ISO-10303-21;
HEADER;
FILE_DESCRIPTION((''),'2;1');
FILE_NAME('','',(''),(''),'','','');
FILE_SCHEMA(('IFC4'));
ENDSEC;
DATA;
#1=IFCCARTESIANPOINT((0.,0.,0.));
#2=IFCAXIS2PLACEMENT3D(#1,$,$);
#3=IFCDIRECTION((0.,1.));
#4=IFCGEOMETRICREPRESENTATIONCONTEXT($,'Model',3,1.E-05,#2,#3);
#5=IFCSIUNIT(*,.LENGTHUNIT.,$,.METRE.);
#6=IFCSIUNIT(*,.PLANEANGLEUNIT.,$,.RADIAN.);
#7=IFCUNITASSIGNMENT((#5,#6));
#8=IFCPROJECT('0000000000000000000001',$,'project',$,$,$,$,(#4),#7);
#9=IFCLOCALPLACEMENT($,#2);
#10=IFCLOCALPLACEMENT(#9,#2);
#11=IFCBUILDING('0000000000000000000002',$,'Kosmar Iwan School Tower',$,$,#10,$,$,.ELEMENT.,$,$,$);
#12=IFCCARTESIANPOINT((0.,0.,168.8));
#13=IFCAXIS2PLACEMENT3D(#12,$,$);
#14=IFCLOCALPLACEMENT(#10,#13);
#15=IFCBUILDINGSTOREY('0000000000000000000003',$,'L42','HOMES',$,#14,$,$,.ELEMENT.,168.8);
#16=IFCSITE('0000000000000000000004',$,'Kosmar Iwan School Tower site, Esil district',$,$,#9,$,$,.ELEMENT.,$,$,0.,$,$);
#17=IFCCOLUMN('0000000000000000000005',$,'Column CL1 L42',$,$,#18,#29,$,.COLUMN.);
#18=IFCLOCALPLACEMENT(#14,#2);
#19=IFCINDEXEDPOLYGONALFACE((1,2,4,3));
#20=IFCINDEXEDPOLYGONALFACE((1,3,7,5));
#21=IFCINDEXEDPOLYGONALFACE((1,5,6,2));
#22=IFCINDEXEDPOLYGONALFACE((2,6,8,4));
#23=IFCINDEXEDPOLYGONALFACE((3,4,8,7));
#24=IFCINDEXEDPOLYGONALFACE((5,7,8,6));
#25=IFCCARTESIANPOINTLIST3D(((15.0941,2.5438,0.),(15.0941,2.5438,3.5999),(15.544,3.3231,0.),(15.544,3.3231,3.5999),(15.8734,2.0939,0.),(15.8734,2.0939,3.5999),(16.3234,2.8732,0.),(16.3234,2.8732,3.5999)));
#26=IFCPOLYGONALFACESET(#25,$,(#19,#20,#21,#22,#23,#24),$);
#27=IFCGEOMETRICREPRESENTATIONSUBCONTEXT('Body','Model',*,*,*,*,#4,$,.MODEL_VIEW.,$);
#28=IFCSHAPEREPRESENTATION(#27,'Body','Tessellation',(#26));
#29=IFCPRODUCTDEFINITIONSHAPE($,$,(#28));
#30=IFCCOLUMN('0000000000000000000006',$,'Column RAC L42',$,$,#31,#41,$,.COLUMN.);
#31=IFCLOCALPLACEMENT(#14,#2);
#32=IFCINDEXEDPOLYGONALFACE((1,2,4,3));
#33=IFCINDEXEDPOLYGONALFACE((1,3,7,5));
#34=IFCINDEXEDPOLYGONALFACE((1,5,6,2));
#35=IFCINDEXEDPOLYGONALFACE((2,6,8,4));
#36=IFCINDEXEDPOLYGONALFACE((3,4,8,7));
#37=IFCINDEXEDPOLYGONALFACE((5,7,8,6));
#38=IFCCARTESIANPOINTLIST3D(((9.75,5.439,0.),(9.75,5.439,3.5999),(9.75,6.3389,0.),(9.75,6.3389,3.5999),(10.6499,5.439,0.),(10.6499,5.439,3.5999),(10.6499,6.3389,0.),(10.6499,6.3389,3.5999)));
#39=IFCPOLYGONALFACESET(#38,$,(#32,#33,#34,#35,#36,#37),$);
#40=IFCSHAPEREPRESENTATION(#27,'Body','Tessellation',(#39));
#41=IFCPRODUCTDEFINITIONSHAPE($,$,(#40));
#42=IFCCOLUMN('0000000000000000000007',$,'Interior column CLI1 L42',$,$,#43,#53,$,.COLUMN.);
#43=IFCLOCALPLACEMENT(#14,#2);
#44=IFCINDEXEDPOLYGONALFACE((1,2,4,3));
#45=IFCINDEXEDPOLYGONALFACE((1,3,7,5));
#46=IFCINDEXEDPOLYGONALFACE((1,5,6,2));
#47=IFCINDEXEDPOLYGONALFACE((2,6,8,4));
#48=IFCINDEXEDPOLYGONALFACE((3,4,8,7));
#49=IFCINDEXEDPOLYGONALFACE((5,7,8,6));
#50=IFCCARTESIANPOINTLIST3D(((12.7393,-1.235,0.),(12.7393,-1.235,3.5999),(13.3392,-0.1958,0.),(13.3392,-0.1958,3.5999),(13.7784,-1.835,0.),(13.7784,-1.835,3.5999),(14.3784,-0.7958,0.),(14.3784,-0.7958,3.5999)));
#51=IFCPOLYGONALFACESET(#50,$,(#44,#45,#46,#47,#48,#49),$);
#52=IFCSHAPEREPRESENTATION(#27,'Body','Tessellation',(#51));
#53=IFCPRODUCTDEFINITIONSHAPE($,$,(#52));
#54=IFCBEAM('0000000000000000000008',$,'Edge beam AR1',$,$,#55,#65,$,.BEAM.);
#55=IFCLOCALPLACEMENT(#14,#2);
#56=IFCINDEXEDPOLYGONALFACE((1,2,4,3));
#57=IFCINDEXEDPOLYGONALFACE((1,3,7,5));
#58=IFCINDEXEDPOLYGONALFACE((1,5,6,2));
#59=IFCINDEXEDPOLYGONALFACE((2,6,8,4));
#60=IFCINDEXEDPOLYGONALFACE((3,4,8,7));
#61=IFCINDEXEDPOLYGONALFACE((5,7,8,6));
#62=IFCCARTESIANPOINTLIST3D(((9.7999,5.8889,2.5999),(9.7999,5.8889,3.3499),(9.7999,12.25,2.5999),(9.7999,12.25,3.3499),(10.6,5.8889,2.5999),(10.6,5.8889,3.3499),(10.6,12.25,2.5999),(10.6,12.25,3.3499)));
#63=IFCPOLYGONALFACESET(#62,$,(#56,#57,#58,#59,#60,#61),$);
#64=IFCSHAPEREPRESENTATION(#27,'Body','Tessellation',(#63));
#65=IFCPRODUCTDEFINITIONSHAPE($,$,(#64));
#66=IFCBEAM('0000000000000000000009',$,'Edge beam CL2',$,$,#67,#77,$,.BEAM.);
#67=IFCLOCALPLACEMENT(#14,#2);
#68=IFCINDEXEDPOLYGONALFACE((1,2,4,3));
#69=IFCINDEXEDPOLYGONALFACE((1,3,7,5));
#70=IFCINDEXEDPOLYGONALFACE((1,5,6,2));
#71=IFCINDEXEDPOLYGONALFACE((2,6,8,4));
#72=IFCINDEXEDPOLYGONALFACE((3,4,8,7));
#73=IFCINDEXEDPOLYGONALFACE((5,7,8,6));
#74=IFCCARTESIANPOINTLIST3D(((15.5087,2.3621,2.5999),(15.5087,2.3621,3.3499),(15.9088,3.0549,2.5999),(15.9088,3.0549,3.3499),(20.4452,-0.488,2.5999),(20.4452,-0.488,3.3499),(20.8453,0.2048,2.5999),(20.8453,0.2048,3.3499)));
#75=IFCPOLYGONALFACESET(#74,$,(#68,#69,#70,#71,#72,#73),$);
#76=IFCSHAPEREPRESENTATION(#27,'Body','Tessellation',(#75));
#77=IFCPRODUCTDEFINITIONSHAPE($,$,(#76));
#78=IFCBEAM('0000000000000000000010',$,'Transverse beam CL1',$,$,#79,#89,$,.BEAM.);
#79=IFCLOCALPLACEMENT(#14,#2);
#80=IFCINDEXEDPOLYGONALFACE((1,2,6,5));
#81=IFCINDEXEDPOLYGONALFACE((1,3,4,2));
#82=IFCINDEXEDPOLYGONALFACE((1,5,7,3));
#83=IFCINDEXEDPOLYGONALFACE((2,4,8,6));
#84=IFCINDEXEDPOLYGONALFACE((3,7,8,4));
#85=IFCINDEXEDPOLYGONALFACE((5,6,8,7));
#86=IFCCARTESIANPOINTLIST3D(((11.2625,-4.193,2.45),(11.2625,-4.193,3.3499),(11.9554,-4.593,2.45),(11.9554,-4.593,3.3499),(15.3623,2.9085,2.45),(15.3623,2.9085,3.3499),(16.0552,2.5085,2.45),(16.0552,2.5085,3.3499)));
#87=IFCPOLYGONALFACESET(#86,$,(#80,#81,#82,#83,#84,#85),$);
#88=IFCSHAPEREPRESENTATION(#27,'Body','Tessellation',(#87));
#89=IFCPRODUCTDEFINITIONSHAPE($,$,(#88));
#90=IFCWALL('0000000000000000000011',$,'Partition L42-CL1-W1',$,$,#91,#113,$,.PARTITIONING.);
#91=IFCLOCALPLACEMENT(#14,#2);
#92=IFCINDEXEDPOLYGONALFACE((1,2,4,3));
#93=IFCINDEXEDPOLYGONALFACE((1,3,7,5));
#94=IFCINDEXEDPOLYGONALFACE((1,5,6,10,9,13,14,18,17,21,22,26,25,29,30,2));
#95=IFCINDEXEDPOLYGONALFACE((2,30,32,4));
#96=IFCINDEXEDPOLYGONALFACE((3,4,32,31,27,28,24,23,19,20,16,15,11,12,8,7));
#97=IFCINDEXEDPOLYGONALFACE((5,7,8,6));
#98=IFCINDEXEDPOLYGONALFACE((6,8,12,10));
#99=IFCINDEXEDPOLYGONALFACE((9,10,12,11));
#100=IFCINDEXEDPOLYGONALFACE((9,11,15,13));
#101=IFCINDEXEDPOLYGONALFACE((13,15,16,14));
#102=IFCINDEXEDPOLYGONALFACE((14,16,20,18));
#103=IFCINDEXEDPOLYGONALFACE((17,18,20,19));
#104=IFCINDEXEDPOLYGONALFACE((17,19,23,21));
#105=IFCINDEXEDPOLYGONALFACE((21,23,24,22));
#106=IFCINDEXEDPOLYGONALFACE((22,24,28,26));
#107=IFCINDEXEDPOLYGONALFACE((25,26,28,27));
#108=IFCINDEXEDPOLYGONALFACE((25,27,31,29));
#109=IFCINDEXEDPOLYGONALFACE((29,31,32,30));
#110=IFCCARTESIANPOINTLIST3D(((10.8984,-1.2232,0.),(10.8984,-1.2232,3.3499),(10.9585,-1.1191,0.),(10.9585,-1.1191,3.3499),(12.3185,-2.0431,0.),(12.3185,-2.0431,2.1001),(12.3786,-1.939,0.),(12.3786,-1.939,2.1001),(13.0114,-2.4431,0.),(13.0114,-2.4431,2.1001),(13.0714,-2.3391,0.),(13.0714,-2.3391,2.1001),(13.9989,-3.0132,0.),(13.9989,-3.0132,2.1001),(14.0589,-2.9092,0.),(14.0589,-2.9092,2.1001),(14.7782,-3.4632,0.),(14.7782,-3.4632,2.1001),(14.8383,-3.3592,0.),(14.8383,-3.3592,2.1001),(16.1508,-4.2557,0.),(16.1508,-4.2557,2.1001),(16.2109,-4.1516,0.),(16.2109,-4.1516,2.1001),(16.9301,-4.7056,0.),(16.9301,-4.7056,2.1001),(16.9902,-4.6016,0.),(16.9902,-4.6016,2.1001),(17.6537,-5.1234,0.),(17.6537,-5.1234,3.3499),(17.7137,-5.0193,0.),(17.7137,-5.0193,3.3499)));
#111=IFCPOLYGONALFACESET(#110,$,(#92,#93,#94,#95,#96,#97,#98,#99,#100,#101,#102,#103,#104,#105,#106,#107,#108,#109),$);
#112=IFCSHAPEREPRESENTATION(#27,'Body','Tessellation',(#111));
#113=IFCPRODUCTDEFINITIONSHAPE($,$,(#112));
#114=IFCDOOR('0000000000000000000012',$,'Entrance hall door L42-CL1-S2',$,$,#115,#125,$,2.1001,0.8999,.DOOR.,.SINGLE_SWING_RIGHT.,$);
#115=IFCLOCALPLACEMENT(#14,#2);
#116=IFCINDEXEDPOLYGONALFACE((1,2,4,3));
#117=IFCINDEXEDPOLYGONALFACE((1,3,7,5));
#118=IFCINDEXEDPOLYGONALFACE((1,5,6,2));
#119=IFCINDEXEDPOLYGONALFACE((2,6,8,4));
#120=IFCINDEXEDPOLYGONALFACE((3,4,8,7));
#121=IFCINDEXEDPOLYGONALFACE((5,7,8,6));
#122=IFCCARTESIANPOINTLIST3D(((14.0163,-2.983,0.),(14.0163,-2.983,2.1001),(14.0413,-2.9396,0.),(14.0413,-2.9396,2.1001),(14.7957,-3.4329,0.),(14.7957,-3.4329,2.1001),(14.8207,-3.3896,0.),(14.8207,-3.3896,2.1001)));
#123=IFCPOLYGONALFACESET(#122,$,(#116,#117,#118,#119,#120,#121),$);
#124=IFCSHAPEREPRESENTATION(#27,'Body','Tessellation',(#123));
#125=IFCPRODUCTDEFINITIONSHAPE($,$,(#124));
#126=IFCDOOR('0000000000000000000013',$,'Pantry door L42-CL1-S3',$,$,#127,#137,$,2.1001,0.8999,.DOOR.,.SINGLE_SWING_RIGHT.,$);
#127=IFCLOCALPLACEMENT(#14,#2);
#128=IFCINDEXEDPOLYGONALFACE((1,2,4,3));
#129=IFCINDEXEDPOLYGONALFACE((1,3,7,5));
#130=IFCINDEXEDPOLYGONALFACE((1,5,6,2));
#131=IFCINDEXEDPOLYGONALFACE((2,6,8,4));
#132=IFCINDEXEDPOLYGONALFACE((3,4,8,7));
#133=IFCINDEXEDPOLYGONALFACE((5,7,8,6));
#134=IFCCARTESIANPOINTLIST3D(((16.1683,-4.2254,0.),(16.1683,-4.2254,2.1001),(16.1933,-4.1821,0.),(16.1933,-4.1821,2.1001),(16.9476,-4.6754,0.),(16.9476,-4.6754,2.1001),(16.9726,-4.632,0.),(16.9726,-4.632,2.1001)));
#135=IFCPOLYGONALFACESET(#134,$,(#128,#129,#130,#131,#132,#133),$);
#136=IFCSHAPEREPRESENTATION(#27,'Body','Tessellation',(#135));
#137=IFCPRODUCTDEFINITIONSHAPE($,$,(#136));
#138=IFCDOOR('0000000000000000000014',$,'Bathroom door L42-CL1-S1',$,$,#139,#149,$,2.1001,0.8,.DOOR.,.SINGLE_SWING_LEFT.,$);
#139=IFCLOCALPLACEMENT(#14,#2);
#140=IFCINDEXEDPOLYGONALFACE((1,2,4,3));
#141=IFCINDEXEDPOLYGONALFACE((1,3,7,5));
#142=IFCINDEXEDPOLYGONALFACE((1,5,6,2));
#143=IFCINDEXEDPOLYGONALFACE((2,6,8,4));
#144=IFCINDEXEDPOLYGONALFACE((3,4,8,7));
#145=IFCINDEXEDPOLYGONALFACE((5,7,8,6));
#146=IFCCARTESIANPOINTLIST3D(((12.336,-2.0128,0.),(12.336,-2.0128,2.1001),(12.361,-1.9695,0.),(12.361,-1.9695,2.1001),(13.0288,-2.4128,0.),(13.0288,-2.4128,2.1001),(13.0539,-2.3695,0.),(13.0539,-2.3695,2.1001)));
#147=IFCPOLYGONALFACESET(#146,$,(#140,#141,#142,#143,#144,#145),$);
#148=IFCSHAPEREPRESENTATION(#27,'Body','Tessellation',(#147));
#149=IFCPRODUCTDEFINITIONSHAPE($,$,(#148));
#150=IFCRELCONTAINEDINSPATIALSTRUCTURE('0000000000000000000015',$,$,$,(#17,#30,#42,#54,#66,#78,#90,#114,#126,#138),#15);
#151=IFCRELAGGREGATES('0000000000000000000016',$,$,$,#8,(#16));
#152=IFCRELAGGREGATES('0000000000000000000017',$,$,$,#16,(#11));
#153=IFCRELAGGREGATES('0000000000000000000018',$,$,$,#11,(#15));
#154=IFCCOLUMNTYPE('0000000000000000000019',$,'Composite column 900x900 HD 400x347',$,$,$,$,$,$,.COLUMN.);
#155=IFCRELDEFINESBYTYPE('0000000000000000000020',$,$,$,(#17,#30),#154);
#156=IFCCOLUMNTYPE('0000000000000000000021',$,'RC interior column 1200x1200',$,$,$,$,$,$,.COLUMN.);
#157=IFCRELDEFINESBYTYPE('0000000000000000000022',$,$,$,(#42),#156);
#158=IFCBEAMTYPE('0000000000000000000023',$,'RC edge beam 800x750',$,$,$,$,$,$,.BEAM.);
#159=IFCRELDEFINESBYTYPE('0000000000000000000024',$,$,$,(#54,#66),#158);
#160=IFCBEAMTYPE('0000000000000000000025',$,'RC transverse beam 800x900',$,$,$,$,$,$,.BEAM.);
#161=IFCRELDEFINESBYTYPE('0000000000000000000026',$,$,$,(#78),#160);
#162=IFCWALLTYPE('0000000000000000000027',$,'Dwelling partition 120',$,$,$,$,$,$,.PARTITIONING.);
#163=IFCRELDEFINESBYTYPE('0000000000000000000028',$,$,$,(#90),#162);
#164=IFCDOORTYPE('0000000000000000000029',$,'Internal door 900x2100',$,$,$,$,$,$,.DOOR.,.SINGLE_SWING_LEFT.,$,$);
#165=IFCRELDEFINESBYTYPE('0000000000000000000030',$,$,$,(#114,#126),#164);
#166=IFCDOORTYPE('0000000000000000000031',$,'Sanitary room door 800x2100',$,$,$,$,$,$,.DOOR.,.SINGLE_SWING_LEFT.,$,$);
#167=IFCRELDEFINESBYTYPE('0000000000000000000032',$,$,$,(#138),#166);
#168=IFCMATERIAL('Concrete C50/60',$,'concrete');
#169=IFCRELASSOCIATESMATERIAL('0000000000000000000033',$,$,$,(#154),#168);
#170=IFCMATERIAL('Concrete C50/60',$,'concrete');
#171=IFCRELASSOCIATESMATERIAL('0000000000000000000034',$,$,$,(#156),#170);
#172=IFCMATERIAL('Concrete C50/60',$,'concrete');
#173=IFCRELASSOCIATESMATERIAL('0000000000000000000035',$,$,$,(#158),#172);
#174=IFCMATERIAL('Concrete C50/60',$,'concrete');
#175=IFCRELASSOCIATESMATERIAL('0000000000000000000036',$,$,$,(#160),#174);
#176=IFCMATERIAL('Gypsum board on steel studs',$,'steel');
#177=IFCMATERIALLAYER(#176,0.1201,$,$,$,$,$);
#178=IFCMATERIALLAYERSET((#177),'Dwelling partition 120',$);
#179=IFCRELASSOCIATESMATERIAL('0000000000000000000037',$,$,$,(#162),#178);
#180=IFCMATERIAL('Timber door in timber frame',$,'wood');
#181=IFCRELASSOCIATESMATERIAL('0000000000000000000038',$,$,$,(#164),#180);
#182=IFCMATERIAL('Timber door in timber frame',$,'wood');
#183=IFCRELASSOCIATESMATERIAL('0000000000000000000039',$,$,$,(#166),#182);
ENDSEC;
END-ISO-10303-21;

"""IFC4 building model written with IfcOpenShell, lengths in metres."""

from ifc_helpers import new_model, si_unit, direction, frame, frame_2d, origin, origin_2d, place, context, subcontext, project, spatial, rectangle, extrude, material, layer, layer_set, material_profile, profile_set, type_object, element, fill, save


model = new_model("IFC4")

# Units and contexts
model_context = context("Model", 3, precision=1e-05, world=origin(), true_north=direction((0.0, 1.0)))
body_context = subcontext(model_context, "Body", "Model", "MODEL_VIEW")
ifc_project = project(units=[si_unit("LENGTHUNIT", "METRE"), si_unit("PLANEANGLEUNIT", "RADIAN")], contexts=[model_context])

# Site, building, storey
site_placement = place(None, origin())
site = spatial("IfcSite", under=ifc_project, at=site_placement, Name="Kosmar Iwan School Tower site, Esil district", CompositionType="ELEMENT", RefElevation=0.0)
building_placement = place(site_placement, origin())
building = spatial("IfcBuilding", under=site, at=building_placement, Name="Kosmar Iwan School Tower", CompositionType="ELEMENT")
storey_placement = place(building_placement, frame((0.0, 0.0, 168.8)))
storey = spatial("IfcBuildingStorey", under=building, at=storey_placement, Name="L42", Description="HOMES", CompositionType="ELEMENT", Elevation=168.8)

# Columns
ifc_material_1 = material(Name="Concrete C50/60", Category="concrete")
ifc_material_profile_1 = material_profile(ifc_material_1, rectangle(XDim=0.8999, YDim=0.8999, at=origin_2d()), Name="RC 900x900 + HD 400x347")
ifc_profile_set_1 = profile_set([ifc_material_profile_1], Name="Concrete C50/60")
column_type_1 = type_object("IfcColumnType", Name="Composite column 900x900 HD 400x347", PredefinedType="COLUMN", material=ifc_profile_set_1)
for number, where, z_axis, x_axis, name in (
    (1, (15.7087, 2.7085, 0.0), (0.0, 0.0, 1.0), (0.866025, -0.5, 0.0), "Column CL1 L42"),
    (2, (10.2, 5.8889, 0.0), (0.0, 0.0, 1.0), (1.0, 0.0, 0.0), "Column RAC L42"),
):
    element("IfcColumn", number, at=place(storey_placement, frame(where, z_axis=z_axis, x_axis=x_axis)), inside=storey, type_object=column_type_1, Name=name, PredefinedType="COLUMN", context=body_context, shape_type="SweptSolid", body=[
        extrude(rectangle(XDim=0.8999, YDim=0.8999, at=origin_2d()), origin(), (0.0, 0.0, 1.0), 3.5999),
    ])
ifc_material_2 = material(Name="Concrete C50/60", Category="concrete")
ifc_material_profile_2 = material_profile(ifc_material_2, rectangle(XDim=1.2, YDim=1.2, at=origin_2d()), Name="RC 1200x1200")
ifc_profile_set_2 = profile_set([ifc_material_profile_2], Name="Concrete C50/60")
column_type_2 = type_object("IfcColumnType", Name="RC interior column 1200x1200", PredefinedType="COLUMN", material=ifc_profile_set_2)
column_placement = place(storey_placement, frame((13.5588, -1.0154, 0.0), z_axis=(0.0, 0.0, 1.0), x_axis=(0.866025, -0.5, 0.0)))
element("IfcColumn", 3, at=column_placement, inside=storey, type_object=column_type_2, Name="Interior column CLI1 L42", PredefinedType="COLUMN", context=body_context, shape_type="SweptSolid", body=[
    extrude(rectangle(XDim=1.2, YDim=1.2, at=origin_2d()), origin(), (0.0, 0.0, 1.0), 3.5999),
])

# Beams
ifc_material_3 = material(Name="Concrete C50/60", Category="concrete")
ifc_material_profile_3 = material_profile(ifc_material_3, rectangle(XDim=0.8, YDim=0.75, at=origin_2d()), Name="RC 800x750")
ifc_profile_set_3 = profile_set([ifc_material_profile_3], Name="Concrete C50/60")
beam_type_1 = type_object("IfcBeamType", Name="RC edge beam 800x750", PredefinedType="BEAM", material=ifc_profile_set_3)
beam_1_placement = place(storey_placement, frame((10.2, 5.8889, 2.9749), z_axis=(0.0, 1.0, 0.0), x_axis=(-1.0, 0.0, 0.0)))
element("IfcBeam", 4, at=beam_1_placement, inside=storey, type_object=beam_type_1, Name="Edge beam AR1", PredefinedType="BEAM", context=body_context, shape_type="SweptSolid", body=[
    extrude(rectangle(XDim=0.8, YDim=0.75, at=origin_2d()), origin(), (0.0, 0.0, 1.0), 6.3611),
])
beam_2_placement = place(storey_placement, frame((15.7087, 2.7085, 2.9749), z_axis=(0.866026, -0.499999, 0.0), x_axis=(0.499999, 0.866026, 0.0)))
element("IfcBeam", 5, at=beam_2_placement, inside=storey, type_object=beam_type_1, Name="Edge beam CL2", PredefinedType="BEAM", context=body_context, shape_type="SweptSolid", body=[
    extrude(rectangle(XDim=0.8, YDim=0.75, at=origin_2d()), origin(), (0.0, 0.0, 1.0), 5.7002),
])
ifc_material_4 = material(Name="Concrete C50/60", Category="concrete")
ifc_material_profile_4 = material_profile(ifc_material_4, rectangle(XDim=0.8, YDim=0.8999, at=origin_2d()), Name="RC 800x900")
ifc_profile_set_4 = profile_set([ifc_material_profile_4], Name="Concrete C50/60")
beam_type_2 = type_object("IfcBeamType", Name="RC transverse beam 800x900", PredefinedType="BEAM", material=ifc_profile_set_4)
beam_3_placement = place(storey_placement, frame((15.7087, 2.7085, 2.8999), z_axis=(-0.499978, -0.866038, 0.0), x_axis=(0.866038, -0.499978, 0.0)))
element("IfcBeam", 6, at=beam_3_placement, inside=storey, type_object=beam_type_2, Name="Transverse beam CL1", PredefinedType="BEAM", context=body_context, shape_type="SweptSolid", body=[
    extrude(rectangle(XDim=0.8, YDim=0.8999, at=origin_2d()), origin(), (0.0, 0.0, 1.0), 8.2),
])

# Wall, openings, doors
ifc_material_5 = material(Name="Gypsum board on steel studs", Category="steel")
ifc_layer_1 = layer(ifc_material_5, 0.1201)
ifc_layer_set_1 = layer_set([ifc_layer_1], Name="Dwelling partition 120")
wall_type_1 = type_object("IfcWallType", Name="Dwelling partition 120", PredefinedType="PARTITIONING", material=ifc_layer_set_1)
wall_1_placement = place(storey_placement, frame((10.9285, -1.1711, 0.0), z_axis=(0.0, 0.0, 1.0), x_axis=(0.866021, -0.500007, 0.0)))
wall_1 = element("IfcWall", 7, at=wall_1_placement, inside=storey, type_object=wall_type_1, Name="Partition L42-CL1-W1", PredefinedType="PARTITIONING", context=body_context, shape_type="SweptSolid", body=[
    extrude(rectangle(XDim=7.8003, YDim=0.1201, at=frame_2d((3.9001, 0.0))), origin(), (0.0, 0.0, 1.0), 3.3499),
])
opening_1_placement = place(wall_1_placement, frame((1.6399, 0.0, 0.0)))
opening_1 = element("IfcOpeningElement", 8, at=opening_1_placement, cuts=wall_1, PredefinedType="OPENING", context=body_context, shape_type="SweptSolid", body=[
    extrude(rectangle(XDim=0.8, YDim=2.1001, at=frame_2d((0.3999, 1.05))), frame((0.0, 0.072, 0.0), z_axis=(0.0, -1.0, 0.0), x_axis=(1.0, 0.0, 0.0)), (0.0, 0.0, 1.0), 0.144),
])
opening_2_placement = place(wall_1_placement, frame((3.5801, 0.0, 0.0)))
opening_2 = element("IfcOpeningElement", 9, at=opening_2_placement, cuts=wall_1, PredefinedType="OPENING", context=body_context, shape_type="SweptSolid", body=[
    extrude(rectangle(XDim=0.8999, YDim=2.1001, at=frame_2d((0.45, 1.05))), frame((0.0, 0.072, 0.0), z_axis=(0.0, -1.0, 0.0), x_axis=(1.0, 0.0, 0.0)), (0.0, 0.0, 1.0), 0.144),
])
opening_3_placement = place(wall_1_placement, frame((6.0649, 0.0, 0.0)))
opening_3 = element("IfcOpeningElement", 10, at=opening_3_placement, cuts=wall_1, PredefinedType="OPENING", context=body_context, shape_type="SweptSolid", body=[
    extrude(rectangle(XDim=0.8999, YDim=2.1001, at=frame_2d((0.45, 1.05))), frame((0.0, 0.072, 0.0), z_axis=(0.0, -1.0, 0.0), x_axis=(1.0, 0.0, 0.0)), (0.0, 0.0, 1.0), 0.144),
])
ifc_material_6 = material(Name="Timber door in timber frame", Category="wood")
door_type_1 = type_object("IfcDoorType", Name="Internal door 900x2100", OperationType="SINGLE_SWING_LEFT", PredefinedType="DOOR", material=ifc_material_6)
door_1_placement = place(opening_2_placement, origin())
door_1 = element("IfcDoor", 11, at=door_1_placement, inside=storey, type_object=door_type_1, Name="Entrance hall door L42-CL1-S2", OperationType="SINGLE_SWING_RIGHT", OverallHeight=2.1001, OverallWidth=0.8999, PredefinedType="DOOR", context=body_context, shape_type="SweptSolid", body=[
    extrude(rectangle(XDim=0.8999, YDim=2.1001, at=frame_2d((0.45, 1.05))), frame((0.0, 0.0249, 0.0), z_axis=(0.0, -1.0, 0.0), x_axis=(1.0, 0.0, 0.0)), (0.0, 0.0, 1.0), 0.05),
])
fill(opening_2, door_1)
door_2_placement = place(opening_3_placement, origin())
door_2 = element("IfcDoor", 12, at=door_2_placement, inside=storey, type_object=door_type_1, Name="Pantry door L42-CL1-S3", OperationType="SINGLE_SWING_RIGHT", OverallHeight=2.1001, OverallWidth=0.8999, PredefinedType="DOOR", context=body_context, shape_type="SweptSolid", body=[
    extrude(rectangle(XDim=0.8999, YDim=2.1001, at=frame_2d((0.45, 1.05))), frame((0.0, 0.0249, 0.0), z_axis=(0.0, -1.0, 0.0), x_axis=(1.0, 0.0, 0.0)), (0.0, 0.0, 1.0), 0.05),
])
fill(opening_3, door_2)
ifc_material_7 = material(Name="Timber door in timber frame", Category="wood")
door_type_2 = type_object("IfcDoorType", Name="Sanitary room door 800x2100", OperationType="SINGLE_SWING_LEFT", PredefinedType="DOOR", material=ifc_material_7)
door_3_placement = place(opening_1_placement, origin())
door_3 = element("IfcDoor", 13, at=door_3_placement, inside=storey, type_object=door_type_2, Name="Bathroom door L42-CL1-S1", OperationType="SINGLE_SWING_LEFT", OverallHeight=2.1001, OverallWidth=0.8, PredefinedType="DOOR", context=body_context, shape_type="SweptSolid", body=[
    extrude(rectangle(XDim=0.8, YDim=2.1001, at=frame_2d((0.3999, 1.05))), frame((0.0, 0.0249, 0.0), z_axis=(0.0, -1.0, 0.0), x_axis=(1.0, 0.0, 0.0)), (0.0, 0.0, 1.0), 0.05),
])
fill(opening_1, door_3)

save(model, "model.ifc")
